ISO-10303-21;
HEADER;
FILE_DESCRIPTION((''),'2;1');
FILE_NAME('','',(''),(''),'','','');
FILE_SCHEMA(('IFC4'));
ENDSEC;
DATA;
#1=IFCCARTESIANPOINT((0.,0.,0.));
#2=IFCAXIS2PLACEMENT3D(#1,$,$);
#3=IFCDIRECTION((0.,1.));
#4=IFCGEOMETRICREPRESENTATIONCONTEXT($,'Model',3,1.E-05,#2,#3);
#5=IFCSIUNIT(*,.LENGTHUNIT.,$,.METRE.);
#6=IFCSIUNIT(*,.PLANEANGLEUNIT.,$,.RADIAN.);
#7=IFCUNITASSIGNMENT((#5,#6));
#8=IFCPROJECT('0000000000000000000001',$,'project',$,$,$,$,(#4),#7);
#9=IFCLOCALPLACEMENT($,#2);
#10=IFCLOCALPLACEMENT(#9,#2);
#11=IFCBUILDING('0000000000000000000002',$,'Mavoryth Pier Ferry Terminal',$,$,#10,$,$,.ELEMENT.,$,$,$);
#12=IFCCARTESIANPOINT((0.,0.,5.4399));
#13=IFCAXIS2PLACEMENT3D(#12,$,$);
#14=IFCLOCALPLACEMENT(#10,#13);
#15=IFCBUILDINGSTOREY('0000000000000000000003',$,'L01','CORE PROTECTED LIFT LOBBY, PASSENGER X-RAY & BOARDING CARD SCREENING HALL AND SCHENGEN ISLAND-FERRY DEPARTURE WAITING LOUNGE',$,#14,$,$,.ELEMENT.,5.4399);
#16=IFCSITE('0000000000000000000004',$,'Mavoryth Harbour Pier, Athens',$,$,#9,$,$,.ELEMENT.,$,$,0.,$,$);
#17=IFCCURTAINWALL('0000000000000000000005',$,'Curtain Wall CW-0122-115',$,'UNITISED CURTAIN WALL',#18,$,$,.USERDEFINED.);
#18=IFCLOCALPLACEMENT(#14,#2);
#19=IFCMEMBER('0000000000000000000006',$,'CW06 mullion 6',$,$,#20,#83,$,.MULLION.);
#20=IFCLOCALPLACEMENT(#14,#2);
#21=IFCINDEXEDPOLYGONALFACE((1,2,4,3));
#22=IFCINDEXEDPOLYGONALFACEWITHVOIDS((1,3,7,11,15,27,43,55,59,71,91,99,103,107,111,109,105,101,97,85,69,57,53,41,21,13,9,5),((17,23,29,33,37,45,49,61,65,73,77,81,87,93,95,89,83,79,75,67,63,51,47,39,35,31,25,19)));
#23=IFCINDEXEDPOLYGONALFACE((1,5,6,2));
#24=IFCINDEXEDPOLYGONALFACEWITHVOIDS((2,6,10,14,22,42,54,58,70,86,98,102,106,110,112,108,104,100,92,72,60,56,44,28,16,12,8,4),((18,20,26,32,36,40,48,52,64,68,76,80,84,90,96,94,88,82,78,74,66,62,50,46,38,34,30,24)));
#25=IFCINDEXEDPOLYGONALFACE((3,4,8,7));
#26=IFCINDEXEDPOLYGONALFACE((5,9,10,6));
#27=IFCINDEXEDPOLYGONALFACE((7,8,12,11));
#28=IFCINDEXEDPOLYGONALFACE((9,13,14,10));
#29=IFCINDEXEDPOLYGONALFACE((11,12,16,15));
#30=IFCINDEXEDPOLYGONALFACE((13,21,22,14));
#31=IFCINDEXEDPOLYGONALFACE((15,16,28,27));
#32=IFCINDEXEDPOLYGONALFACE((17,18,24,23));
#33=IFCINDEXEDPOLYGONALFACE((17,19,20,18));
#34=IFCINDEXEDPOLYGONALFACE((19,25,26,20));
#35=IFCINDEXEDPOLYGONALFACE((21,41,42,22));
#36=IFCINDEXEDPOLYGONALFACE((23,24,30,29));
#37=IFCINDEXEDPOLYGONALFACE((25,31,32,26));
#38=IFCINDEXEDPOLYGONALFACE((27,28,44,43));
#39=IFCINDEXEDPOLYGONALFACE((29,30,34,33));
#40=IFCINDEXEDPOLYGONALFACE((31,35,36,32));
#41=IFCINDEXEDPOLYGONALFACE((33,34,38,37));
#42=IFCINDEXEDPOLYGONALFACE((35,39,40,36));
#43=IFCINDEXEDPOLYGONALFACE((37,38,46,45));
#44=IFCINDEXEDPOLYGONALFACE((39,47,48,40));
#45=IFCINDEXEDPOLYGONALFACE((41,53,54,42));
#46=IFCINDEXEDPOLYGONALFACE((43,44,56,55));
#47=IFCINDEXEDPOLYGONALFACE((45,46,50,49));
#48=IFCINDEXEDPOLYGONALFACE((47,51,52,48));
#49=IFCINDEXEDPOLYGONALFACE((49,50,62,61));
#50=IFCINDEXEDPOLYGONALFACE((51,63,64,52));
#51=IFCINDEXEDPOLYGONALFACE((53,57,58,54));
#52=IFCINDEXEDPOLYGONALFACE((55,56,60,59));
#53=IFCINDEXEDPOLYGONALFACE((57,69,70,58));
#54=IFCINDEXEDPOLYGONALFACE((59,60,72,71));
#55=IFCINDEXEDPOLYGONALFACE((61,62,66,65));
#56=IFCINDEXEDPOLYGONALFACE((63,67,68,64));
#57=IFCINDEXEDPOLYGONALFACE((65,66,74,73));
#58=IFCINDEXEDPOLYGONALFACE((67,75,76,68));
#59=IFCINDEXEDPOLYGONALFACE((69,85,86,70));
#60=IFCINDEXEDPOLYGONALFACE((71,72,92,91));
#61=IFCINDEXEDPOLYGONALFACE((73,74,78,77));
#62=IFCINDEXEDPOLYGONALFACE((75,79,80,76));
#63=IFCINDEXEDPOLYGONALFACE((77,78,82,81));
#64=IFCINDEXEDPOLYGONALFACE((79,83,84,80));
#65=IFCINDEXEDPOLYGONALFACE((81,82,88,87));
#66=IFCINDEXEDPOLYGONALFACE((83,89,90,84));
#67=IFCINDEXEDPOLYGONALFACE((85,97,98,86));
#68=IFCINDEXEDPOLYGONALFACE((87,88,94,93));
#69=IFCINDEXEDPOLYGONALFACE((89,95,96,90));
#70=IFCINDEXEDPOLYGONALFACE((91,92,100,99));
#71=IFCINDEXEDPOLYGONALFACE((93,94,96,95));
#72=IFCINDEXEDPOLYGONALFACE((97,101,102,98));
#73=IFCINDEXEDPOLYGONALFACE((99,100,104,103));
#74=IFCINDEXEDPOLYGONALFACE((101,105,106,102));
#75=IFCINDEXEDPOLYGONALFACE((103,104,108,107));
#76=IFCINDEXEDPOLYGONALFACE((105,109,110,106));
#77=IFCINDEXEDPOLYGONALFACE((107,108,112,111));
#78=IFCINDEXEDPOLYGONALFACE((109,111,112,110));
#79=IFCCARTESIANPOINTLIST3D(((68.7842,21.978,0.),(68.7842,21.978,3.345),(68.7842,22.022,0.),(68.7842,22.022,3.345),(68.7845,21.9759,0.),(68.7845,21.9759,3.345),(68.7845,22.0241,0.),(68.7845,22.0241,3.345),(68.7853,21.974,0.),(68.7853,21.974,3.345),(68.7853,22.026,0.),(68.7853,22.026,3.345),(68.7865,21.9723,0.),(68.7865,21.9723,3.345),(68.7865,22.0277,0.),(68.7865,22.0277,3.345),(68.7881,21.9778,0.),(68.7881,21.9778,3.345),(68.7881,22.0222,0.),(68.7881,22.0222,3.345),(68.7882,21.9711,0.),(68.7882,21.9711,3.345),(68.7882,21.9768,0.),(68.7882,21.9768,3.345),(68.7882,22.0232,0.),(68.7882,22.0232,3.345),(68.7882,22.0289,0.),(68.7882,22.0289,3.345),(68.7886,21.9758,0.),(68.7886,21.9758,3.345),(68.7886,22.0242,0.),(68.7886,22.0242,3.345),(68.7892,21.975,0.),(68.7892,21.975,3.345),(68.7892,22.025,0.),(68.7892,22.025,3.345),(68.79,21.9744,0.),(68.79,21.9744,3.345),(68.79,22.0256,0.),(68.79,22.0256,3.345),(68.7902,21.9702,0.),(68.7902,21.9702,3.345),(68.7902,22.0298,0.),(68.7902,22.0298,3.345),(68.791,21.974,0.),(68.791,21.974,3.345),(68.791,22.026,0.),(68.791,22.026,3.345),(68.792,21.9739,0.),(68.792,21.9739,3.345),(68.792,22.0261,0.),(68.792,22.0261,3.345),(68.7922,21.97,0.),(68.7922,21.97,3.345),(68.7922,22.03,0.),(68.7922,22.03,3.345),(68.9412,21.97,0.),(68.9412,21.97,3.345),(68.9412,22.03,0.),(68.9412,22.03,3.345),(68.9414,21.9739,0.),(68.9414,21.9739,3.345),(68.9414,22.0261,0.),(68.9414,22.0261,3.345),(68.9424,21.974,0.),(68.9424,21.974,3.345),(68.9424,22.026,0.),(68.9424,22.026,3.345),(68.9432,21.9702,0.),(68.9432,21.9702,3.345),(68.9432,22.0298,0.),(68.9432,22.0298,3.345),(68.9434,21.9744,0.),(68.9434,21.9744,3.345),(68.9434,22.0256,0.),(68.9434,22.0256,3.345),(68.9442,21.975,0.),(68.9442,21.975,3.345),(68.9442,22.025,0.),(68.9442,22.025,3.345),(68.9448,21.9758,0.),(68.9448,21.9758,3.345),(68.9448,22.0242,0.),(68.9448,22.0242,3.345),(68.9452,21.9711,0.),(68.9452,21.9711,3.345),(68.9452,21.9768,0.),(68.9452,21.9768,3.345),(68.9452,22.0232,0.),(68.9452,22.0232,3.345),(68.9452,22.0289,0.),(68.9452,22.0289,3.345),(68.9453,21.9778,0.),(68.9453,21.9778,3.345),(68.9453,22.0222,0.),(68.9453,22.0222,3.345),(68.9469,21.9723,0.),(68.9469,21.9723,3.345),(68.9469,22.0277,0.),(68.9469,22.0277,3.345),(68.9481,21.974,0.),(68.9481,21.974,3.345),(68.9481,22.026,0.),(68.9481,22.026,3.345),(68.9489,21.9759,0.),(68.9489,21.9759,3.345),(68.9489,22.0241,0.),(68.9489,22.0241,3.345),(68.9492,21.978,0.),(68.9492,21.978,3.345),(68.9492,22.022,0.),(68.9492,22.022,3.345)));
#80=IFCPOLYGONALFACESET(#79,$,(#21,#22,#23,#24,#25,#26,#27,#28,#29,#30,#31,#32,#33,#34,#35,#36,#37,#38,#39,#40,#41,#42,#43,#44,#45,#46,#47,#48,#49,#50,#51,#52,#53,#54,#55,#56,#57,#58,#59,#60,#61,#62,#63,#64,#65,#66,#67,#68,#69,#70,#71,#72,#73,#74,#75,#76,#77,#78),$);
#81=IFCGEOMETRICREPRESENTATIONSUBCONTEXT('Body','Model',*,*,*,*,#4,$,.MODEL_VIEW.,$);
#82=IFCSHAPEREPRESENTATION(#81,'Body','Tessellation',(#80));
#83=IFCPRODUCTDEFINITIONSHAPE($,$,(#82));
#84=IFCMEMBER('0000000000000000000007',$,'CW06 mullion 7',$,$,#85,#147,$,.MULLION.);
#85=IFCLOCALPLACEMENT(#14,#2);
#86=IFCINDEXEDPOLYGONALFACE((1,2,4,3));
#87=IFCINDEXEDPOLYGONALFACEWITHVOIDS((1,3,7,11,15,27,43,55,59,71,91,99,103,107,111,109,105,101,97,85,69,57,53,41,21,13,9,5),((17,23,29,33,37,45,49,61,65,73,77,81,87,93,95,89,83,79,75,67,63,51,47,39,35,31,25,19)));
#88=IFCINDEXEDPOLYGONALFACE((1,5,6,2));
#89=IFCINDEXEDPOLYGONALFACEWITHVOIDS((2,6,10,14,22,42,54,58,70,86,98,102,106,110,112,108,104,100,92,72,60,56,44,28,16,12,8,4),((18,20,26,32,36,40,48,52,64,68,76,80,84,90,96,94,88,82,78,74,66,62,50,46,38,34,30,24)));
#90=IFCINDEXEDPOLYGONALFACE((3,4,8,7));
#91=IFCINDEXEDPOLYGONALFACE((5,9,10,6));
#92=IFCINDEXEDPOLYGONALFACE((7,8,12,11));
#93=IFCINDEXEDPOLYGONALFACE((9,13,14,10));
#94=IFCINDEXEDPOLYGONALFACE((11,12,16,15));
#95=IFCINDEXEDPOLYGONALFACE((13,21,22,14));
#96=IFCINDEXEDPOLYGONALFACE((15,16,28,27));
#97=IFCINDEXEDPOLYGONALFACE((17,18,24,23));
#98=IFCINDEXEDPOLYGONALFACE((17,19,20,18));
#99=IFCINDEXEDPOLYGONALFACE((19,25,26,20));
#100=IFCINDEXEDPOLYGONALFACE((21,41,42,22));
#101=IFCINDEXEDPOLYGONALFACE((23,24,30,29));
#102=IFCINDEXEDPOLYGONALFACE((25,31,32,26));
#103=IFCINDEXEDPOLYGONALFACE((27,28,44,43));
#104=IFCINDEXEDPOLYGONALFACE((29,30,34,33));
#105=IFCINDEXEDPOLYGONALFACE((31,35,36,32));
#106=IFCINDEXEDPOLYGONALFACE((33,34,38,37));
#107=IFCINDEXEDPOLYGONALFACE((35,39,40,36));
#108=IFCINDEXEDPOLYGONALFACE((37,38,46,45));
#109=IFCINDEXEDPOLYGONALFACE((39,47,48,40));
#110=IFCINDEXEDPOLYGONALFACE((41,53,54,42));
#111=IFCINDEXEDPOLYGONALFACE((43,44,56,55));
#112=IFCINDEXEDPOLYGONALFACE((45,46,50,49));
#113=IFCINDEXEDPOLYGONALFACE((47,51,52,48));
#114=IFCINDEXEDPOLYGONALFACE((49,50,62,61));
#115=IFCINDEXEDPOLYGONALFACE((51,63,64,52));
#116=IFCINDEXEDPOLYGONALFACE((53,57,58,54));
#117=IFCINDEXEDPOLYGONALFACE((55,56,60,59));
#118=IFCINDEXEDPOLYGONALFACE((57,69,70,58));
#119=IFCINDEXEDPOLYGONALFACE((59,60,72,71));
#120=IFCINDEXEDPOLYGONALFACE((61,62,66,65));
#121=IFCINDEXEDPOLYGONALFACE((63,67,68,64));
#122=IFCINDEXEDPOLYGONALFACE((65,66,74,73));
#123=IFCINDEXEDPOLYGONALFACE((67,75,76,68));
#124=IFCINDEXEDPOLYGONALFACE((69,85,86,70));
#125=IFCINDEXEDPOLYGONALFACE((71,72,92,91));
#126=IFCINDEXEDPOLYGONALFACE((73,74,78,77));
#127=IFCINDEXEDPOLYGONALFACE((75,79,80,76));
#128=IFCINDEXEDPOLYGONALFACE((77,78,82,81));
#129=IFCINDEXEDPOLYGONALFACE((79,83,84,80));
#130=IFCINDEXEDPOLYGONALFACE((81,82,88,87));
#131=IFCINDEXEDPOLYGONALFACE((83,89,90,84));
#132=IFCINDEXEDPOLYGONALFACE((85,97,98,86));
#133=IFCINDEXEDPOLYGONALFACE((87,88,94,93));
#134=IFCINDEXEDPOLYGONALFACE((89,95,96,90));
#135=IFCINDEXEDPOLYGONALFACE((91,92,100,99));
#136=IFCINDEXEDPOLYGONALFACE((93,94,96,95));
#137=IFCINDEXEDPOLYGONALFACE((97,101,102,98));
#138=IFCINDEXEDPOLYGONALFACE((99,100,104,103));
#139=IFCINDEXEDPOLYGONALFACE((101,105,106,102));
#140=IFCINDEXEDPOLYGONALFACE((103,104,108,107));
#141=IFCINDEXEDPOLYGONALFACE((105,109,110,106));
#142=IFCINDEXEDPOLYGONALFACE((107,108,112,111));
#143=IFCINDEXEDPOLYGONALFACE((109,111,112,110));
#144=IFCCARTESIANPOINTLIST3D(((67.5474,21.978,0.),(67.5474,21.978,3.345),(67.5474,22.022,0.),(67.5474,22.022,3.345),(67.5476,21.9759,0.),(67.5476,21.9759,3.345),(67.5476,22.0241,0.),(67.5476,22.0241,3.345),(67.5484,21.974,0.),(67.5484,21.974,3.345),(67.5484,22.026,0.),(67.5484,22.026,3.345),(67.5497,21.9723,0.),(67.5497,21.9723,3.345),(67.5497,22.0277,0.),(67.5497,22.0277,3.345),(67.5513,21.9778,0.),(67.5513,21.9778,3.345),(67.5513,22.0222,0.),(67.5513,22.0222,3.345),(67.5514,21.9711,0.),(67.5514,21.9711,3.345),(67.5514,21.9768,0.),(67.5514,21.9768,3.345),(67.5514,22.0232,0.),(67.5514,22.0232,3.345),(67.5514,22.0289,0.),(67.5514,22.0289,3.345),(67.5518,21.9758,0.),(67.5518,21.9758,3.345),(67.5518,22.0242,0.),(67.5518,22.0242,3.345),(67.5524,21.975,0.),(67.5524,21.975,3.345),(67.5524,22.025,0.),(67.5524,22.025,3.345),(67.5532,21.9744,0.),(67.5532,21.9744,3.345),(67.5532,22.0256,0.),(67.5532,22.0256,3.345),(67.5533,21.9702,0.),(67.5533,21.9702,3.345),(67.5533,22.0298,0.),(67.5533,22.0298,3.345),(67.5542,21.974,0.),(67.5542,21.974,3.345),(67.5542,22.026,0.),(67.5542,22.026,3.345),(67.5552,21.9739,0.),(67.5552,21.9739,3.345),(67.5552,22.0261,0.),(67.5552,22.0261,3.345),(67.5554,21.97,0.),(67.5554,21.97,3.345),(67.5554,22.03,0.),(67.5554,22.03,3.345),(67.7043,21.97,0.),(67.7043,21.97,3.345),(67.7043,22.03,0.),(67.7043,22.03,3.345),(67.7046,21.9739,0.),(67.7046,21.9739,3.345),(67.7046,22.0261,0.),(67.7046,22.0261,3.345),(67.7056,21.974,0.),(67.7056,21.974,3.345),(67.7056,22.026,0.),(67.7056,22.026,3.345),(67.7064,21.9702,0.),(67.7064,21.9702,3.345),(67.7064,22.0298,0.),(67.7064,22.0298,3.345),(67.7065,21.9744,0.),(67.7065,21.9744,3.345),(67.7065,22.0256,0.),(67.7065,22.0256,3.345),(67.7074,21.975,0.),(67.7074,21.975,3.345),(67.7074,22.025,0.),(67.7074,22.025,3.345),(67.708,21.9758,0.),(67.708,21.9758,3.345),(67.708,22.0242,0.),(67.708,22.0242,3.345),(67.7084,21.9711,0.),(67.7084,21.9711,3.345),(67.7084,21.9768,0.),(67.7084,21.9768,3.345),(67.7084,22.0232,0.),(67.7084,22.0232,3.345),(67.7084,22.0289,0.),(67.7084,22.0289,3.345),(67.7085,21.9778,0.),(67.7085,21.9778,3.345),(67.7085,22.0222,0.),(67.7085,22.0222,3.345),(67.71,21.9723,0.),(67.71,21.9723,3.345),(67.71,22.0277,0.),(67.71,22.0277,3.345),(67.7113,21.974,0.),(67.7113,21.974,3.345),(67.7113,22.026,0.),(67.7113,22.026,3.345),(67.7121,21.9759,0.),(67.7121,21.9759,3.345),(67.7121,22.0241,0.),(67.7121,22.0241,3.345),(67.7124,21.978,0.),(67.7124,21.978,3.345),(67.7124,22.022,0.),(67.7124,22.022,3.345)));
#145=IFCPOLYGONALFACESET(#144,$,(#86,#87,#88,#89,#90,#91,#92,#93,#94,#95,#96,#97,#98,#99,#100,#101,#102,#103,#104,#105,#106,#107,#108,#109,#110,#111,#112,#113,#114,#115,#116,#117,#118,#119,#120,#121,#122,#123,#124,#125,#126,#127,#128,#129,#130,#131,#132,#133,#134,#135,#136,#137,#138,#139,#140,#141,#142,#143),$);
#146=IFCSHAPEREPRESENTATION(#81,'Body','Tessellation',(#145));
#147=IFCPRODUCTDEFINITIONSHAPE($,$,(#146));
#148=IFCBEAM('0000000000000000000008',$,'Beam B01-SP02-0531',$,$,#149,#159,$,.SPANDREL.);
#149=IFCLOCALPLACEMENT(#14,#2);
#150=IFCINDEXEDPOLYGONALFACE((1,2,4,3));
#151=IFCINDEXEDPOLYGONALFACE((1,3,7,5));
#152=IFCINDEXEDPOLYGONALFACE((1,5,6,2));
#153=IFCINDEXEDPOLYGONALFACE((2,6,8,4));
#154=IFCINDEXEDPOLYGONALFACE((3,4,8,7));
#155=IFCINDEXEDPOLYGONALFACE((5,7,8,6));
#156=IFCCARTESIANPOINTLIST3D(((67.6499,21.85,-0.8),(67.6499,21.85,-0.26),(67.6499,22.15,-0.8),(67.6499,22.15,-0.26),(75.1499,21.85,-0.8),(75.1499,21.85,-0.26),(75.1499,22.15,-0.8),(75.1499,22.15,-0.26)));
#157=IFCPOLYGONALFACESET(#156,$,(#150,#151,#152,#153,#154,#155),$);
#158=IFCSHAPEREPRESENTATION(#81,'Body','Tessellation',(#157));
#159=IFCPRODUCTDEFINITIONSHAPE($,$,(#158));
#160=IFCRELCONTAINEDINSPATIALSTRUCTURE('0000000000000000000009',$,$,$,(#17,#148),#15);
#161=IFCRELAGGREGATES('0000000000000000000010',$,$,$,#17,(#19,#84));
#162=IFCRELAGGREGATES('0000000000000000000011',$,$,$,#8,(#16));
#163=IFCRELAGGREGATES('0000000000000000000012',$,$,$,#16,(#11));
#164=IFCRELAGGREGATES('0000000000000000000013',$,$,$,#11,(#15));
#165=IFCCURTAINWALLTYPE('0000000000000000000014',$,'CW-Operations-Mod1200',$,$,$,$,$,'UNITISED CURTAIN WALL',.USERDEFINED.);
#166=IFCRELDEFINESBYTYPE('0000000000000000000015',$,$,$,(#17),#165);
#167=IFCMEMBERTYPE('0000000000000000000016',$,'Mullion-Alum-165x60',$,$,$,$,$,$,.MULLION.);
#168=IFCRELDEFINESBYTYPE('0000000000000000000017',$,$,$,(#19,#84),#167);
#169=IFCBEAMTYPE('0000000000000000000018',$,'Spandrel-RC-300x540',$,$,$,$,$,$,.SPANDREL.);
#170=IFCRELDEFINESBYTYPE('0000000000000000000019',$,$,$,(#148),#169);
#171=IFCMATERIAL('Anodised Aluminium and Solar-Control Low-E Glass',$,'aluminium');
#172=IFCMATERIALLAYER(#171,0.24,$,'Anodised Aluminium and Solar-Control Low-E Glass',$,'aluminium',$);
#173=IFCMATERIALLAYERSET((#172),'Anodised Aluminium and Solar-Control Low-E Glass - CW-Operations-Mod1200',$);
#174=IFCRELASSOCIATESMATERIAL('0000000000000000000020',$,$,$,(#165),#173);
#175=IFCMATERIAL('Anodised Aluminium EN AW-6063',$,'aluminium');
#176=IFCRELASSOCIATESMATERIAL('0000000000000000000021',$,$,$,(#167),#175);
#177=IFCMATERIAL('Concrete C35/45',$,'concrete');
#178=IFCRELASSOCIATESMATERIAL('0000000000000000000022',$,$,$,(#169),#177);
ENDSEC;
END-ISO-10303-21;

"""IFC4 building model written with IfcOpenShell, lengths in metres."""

from ifc_helpers import new_model, si_unit, direction, frame, origin, origin_2d, place, context, subcontext, project, spatial, rectangle, hollow_rectangle, extrude, material, layer, layer_set, material_profile, profile_set, type_object, element, aggregate, save


model = new_model("IFC4")

# Units and contexts
model_context = context("Model", 3, precision=1e-05, world=origin(), true_north=direction((0.0, 1.0)))
body_context = subcontext(model_context, "Body", "Model", "MODEL_VIEW")
ifc_project = project(units=[si_unit("LENGTHUNIT", "METRE"), si_unit("PLANEANGLEUNIT", "RADIAN")], contexts=[model_context])

# Site, building, storey
site_placement = place(None, origin())
site = spatial("IfcSite", under=ifc_project, at=site_placement, Name="Mavoryth Harbour Pier, Athens", CompositionType="ELEMENT", RefElevation=0.0)
building_placement = place(site_placement, origin())
building = spatial("IfcBuilding", under=site, at=building_placement, Name="Mavoryth Pier Ferry Terminal", CompositionType="ELEMENT")
storey_placement = place(building_placement, frame((0.0, 0.0, 5.4399)))
storey = spatial("IfcBuildingStorey", under=building, at=storey_placement, Name="L01", Description="CORE PROTECTED LIFT LOBBY, PASSENGER X-RAY & BOARDING CARD SCREENING HALL AND SCHENGEN ISLAND-FERRY DEPARTURE WAITING LOUNGE", CompositionType="ELEMENT", Elevation=5.4399)

# Curtain wall, members
ifc_material_1 = material(Name="Anodised Aluminium and Solar-Control Low-E Glass", Category="aluminium")
ifc_layer_1 = layer(ifc_material_1, 0.24, Name="Anodised Aluminium and Solar-Control Low-E Glass", Category="aluminium")
ifc_layer_set_1 = layer_set([ifc_layer_1], Name="Anodised Aluminium and Solar-Control Low-E Glass - CW-Operations-Mod1200")
curtain_wall_type = type_object("IfcCurtainWallType", Name="CW-Operations-Mod1200", ElementType="UNITISED CURTAIN WALL", PredefinedType="USERDEFINED", material=ifc_layer_set_1)
ifc_material_2 = material(Name="Anodised Aluminium EN AW-6063", Category="aluminium")
ifc_material_profile_1 = material_profile(ifc_material_2, hollow_rectangle(XDim=0.0601, YDim=0.165, WallThickness=0.0039, InnerFilletRadius=0.0039, OuterFilletRadius=0.0081, at=origin_2d()), Name="AL-MULL 165x60x4", Category="aluminium")
ifc_profile_set_1 = profile_set([ifc_material_profile_1], Name="Anodised Aluminium EN AW-6063 - AL-MULL 165x60x4")
member_type_1 = type_object("IfcMemberType", Name="Mullion-Alum-165x60", PredefinedType="MULLION", material=ifc_profile_set_1)
curtain_wall_1_placement = place(storey_placement, origin())
curtain_wall_1 = element("IfcCurtainWall", 1, at=curtain_wall_1_placement, inside=storey, type_object=curtain_wall_type, Name="Curtain Wall CW-0122-115", ObjectType="UNITISED CURTAIN WALL", PredefinedType="USERDEFINED")
member_1_placement = place(storey_placement, frame((68.8667, 22.0, 0.0), z_axis=(0.0, 0.0, 1.0), x_axis=(0.0, -1.0, 0.0)))
member_1 = element("IfcMember", 2, at=member_1_placement, type_object=member_type_1, Name="CW06 mullion 6", PredefinedType="MULLION", context=body_context, shape_type="SweptSolid", body=[
    extrude(hollow_rectangle(XDim=0.0601, YDim=0.165, WallThickness=0.0039, InnerFilletRadius=0.0039, OuterFilletRadius=0.0081, at=origin_2d()), origin(), (0.0, 0.0, 1.0), 3.345),
])
member_2_placement = place(storey_placement, frame((67.6299, 22.0, 0.0), z_axis=(0.0, 0.0, 1.0), x_axis=(0.0, -1.0, 0.0)))
member_2 = element("IfcMember", 3, at=member_2_placement, type_object=member_type_1, Name="CW06 mullion 7", PredefinedType="MULLION", context=body_context, shape_type="SweptSolid", body=[
    extrude(hollow_rectangle(XDim=0.0601, YDim=0.165, WallThickness=0.0039, InnerFilletRadius=0.0039, OuterFilletRadius=0.0081, at=origin_2d()), origin(), (0.0, 0.0, 1.0), 3.345),
])

# Beam
ifc_material_3 = material(Name="Concrete C35/45", Category="concrete")
ifc_material_profile_2 = material_profile(ifc_material_3, rectangle(XDim=0.3, YDim=0.54, at=origin_2d()), Name="RC 300x540", Category="concrete")
ifc_profile_set_2 = profile_set([ifc_material_profile_2], Name="Concrete C35/45 - RC 300x540")
beam_type = type_object("IfcBeamType", Name="Spandrel-RC-300x540", PredefinedType="SPANDREL", material=ifc_profile_set_2)
beam_placement = place(storey_placement, frame((67.6499, 22.0, -0.53), z_axis=(1.0, 0.0, 0.0), x_axis=(0.0, 1.0, 0.0)))
element("IfcBeam", 4, at=beam_placement, inside=storey, type_object=beam_type, Name="Beam B01-SP02-0531", PredefinedType="SPANDREL", context=body_context, shape_type="SweptSolid", body=[
    extrude(rectangle(XDim=0.3, YDim=0.54, at=origin_2d()), origin(), (0.0, 0.0, 1.0), 7.5),
])

aggregate(curtain_wall_1, [member_1, member_2])

save(model, "model.ifc")
